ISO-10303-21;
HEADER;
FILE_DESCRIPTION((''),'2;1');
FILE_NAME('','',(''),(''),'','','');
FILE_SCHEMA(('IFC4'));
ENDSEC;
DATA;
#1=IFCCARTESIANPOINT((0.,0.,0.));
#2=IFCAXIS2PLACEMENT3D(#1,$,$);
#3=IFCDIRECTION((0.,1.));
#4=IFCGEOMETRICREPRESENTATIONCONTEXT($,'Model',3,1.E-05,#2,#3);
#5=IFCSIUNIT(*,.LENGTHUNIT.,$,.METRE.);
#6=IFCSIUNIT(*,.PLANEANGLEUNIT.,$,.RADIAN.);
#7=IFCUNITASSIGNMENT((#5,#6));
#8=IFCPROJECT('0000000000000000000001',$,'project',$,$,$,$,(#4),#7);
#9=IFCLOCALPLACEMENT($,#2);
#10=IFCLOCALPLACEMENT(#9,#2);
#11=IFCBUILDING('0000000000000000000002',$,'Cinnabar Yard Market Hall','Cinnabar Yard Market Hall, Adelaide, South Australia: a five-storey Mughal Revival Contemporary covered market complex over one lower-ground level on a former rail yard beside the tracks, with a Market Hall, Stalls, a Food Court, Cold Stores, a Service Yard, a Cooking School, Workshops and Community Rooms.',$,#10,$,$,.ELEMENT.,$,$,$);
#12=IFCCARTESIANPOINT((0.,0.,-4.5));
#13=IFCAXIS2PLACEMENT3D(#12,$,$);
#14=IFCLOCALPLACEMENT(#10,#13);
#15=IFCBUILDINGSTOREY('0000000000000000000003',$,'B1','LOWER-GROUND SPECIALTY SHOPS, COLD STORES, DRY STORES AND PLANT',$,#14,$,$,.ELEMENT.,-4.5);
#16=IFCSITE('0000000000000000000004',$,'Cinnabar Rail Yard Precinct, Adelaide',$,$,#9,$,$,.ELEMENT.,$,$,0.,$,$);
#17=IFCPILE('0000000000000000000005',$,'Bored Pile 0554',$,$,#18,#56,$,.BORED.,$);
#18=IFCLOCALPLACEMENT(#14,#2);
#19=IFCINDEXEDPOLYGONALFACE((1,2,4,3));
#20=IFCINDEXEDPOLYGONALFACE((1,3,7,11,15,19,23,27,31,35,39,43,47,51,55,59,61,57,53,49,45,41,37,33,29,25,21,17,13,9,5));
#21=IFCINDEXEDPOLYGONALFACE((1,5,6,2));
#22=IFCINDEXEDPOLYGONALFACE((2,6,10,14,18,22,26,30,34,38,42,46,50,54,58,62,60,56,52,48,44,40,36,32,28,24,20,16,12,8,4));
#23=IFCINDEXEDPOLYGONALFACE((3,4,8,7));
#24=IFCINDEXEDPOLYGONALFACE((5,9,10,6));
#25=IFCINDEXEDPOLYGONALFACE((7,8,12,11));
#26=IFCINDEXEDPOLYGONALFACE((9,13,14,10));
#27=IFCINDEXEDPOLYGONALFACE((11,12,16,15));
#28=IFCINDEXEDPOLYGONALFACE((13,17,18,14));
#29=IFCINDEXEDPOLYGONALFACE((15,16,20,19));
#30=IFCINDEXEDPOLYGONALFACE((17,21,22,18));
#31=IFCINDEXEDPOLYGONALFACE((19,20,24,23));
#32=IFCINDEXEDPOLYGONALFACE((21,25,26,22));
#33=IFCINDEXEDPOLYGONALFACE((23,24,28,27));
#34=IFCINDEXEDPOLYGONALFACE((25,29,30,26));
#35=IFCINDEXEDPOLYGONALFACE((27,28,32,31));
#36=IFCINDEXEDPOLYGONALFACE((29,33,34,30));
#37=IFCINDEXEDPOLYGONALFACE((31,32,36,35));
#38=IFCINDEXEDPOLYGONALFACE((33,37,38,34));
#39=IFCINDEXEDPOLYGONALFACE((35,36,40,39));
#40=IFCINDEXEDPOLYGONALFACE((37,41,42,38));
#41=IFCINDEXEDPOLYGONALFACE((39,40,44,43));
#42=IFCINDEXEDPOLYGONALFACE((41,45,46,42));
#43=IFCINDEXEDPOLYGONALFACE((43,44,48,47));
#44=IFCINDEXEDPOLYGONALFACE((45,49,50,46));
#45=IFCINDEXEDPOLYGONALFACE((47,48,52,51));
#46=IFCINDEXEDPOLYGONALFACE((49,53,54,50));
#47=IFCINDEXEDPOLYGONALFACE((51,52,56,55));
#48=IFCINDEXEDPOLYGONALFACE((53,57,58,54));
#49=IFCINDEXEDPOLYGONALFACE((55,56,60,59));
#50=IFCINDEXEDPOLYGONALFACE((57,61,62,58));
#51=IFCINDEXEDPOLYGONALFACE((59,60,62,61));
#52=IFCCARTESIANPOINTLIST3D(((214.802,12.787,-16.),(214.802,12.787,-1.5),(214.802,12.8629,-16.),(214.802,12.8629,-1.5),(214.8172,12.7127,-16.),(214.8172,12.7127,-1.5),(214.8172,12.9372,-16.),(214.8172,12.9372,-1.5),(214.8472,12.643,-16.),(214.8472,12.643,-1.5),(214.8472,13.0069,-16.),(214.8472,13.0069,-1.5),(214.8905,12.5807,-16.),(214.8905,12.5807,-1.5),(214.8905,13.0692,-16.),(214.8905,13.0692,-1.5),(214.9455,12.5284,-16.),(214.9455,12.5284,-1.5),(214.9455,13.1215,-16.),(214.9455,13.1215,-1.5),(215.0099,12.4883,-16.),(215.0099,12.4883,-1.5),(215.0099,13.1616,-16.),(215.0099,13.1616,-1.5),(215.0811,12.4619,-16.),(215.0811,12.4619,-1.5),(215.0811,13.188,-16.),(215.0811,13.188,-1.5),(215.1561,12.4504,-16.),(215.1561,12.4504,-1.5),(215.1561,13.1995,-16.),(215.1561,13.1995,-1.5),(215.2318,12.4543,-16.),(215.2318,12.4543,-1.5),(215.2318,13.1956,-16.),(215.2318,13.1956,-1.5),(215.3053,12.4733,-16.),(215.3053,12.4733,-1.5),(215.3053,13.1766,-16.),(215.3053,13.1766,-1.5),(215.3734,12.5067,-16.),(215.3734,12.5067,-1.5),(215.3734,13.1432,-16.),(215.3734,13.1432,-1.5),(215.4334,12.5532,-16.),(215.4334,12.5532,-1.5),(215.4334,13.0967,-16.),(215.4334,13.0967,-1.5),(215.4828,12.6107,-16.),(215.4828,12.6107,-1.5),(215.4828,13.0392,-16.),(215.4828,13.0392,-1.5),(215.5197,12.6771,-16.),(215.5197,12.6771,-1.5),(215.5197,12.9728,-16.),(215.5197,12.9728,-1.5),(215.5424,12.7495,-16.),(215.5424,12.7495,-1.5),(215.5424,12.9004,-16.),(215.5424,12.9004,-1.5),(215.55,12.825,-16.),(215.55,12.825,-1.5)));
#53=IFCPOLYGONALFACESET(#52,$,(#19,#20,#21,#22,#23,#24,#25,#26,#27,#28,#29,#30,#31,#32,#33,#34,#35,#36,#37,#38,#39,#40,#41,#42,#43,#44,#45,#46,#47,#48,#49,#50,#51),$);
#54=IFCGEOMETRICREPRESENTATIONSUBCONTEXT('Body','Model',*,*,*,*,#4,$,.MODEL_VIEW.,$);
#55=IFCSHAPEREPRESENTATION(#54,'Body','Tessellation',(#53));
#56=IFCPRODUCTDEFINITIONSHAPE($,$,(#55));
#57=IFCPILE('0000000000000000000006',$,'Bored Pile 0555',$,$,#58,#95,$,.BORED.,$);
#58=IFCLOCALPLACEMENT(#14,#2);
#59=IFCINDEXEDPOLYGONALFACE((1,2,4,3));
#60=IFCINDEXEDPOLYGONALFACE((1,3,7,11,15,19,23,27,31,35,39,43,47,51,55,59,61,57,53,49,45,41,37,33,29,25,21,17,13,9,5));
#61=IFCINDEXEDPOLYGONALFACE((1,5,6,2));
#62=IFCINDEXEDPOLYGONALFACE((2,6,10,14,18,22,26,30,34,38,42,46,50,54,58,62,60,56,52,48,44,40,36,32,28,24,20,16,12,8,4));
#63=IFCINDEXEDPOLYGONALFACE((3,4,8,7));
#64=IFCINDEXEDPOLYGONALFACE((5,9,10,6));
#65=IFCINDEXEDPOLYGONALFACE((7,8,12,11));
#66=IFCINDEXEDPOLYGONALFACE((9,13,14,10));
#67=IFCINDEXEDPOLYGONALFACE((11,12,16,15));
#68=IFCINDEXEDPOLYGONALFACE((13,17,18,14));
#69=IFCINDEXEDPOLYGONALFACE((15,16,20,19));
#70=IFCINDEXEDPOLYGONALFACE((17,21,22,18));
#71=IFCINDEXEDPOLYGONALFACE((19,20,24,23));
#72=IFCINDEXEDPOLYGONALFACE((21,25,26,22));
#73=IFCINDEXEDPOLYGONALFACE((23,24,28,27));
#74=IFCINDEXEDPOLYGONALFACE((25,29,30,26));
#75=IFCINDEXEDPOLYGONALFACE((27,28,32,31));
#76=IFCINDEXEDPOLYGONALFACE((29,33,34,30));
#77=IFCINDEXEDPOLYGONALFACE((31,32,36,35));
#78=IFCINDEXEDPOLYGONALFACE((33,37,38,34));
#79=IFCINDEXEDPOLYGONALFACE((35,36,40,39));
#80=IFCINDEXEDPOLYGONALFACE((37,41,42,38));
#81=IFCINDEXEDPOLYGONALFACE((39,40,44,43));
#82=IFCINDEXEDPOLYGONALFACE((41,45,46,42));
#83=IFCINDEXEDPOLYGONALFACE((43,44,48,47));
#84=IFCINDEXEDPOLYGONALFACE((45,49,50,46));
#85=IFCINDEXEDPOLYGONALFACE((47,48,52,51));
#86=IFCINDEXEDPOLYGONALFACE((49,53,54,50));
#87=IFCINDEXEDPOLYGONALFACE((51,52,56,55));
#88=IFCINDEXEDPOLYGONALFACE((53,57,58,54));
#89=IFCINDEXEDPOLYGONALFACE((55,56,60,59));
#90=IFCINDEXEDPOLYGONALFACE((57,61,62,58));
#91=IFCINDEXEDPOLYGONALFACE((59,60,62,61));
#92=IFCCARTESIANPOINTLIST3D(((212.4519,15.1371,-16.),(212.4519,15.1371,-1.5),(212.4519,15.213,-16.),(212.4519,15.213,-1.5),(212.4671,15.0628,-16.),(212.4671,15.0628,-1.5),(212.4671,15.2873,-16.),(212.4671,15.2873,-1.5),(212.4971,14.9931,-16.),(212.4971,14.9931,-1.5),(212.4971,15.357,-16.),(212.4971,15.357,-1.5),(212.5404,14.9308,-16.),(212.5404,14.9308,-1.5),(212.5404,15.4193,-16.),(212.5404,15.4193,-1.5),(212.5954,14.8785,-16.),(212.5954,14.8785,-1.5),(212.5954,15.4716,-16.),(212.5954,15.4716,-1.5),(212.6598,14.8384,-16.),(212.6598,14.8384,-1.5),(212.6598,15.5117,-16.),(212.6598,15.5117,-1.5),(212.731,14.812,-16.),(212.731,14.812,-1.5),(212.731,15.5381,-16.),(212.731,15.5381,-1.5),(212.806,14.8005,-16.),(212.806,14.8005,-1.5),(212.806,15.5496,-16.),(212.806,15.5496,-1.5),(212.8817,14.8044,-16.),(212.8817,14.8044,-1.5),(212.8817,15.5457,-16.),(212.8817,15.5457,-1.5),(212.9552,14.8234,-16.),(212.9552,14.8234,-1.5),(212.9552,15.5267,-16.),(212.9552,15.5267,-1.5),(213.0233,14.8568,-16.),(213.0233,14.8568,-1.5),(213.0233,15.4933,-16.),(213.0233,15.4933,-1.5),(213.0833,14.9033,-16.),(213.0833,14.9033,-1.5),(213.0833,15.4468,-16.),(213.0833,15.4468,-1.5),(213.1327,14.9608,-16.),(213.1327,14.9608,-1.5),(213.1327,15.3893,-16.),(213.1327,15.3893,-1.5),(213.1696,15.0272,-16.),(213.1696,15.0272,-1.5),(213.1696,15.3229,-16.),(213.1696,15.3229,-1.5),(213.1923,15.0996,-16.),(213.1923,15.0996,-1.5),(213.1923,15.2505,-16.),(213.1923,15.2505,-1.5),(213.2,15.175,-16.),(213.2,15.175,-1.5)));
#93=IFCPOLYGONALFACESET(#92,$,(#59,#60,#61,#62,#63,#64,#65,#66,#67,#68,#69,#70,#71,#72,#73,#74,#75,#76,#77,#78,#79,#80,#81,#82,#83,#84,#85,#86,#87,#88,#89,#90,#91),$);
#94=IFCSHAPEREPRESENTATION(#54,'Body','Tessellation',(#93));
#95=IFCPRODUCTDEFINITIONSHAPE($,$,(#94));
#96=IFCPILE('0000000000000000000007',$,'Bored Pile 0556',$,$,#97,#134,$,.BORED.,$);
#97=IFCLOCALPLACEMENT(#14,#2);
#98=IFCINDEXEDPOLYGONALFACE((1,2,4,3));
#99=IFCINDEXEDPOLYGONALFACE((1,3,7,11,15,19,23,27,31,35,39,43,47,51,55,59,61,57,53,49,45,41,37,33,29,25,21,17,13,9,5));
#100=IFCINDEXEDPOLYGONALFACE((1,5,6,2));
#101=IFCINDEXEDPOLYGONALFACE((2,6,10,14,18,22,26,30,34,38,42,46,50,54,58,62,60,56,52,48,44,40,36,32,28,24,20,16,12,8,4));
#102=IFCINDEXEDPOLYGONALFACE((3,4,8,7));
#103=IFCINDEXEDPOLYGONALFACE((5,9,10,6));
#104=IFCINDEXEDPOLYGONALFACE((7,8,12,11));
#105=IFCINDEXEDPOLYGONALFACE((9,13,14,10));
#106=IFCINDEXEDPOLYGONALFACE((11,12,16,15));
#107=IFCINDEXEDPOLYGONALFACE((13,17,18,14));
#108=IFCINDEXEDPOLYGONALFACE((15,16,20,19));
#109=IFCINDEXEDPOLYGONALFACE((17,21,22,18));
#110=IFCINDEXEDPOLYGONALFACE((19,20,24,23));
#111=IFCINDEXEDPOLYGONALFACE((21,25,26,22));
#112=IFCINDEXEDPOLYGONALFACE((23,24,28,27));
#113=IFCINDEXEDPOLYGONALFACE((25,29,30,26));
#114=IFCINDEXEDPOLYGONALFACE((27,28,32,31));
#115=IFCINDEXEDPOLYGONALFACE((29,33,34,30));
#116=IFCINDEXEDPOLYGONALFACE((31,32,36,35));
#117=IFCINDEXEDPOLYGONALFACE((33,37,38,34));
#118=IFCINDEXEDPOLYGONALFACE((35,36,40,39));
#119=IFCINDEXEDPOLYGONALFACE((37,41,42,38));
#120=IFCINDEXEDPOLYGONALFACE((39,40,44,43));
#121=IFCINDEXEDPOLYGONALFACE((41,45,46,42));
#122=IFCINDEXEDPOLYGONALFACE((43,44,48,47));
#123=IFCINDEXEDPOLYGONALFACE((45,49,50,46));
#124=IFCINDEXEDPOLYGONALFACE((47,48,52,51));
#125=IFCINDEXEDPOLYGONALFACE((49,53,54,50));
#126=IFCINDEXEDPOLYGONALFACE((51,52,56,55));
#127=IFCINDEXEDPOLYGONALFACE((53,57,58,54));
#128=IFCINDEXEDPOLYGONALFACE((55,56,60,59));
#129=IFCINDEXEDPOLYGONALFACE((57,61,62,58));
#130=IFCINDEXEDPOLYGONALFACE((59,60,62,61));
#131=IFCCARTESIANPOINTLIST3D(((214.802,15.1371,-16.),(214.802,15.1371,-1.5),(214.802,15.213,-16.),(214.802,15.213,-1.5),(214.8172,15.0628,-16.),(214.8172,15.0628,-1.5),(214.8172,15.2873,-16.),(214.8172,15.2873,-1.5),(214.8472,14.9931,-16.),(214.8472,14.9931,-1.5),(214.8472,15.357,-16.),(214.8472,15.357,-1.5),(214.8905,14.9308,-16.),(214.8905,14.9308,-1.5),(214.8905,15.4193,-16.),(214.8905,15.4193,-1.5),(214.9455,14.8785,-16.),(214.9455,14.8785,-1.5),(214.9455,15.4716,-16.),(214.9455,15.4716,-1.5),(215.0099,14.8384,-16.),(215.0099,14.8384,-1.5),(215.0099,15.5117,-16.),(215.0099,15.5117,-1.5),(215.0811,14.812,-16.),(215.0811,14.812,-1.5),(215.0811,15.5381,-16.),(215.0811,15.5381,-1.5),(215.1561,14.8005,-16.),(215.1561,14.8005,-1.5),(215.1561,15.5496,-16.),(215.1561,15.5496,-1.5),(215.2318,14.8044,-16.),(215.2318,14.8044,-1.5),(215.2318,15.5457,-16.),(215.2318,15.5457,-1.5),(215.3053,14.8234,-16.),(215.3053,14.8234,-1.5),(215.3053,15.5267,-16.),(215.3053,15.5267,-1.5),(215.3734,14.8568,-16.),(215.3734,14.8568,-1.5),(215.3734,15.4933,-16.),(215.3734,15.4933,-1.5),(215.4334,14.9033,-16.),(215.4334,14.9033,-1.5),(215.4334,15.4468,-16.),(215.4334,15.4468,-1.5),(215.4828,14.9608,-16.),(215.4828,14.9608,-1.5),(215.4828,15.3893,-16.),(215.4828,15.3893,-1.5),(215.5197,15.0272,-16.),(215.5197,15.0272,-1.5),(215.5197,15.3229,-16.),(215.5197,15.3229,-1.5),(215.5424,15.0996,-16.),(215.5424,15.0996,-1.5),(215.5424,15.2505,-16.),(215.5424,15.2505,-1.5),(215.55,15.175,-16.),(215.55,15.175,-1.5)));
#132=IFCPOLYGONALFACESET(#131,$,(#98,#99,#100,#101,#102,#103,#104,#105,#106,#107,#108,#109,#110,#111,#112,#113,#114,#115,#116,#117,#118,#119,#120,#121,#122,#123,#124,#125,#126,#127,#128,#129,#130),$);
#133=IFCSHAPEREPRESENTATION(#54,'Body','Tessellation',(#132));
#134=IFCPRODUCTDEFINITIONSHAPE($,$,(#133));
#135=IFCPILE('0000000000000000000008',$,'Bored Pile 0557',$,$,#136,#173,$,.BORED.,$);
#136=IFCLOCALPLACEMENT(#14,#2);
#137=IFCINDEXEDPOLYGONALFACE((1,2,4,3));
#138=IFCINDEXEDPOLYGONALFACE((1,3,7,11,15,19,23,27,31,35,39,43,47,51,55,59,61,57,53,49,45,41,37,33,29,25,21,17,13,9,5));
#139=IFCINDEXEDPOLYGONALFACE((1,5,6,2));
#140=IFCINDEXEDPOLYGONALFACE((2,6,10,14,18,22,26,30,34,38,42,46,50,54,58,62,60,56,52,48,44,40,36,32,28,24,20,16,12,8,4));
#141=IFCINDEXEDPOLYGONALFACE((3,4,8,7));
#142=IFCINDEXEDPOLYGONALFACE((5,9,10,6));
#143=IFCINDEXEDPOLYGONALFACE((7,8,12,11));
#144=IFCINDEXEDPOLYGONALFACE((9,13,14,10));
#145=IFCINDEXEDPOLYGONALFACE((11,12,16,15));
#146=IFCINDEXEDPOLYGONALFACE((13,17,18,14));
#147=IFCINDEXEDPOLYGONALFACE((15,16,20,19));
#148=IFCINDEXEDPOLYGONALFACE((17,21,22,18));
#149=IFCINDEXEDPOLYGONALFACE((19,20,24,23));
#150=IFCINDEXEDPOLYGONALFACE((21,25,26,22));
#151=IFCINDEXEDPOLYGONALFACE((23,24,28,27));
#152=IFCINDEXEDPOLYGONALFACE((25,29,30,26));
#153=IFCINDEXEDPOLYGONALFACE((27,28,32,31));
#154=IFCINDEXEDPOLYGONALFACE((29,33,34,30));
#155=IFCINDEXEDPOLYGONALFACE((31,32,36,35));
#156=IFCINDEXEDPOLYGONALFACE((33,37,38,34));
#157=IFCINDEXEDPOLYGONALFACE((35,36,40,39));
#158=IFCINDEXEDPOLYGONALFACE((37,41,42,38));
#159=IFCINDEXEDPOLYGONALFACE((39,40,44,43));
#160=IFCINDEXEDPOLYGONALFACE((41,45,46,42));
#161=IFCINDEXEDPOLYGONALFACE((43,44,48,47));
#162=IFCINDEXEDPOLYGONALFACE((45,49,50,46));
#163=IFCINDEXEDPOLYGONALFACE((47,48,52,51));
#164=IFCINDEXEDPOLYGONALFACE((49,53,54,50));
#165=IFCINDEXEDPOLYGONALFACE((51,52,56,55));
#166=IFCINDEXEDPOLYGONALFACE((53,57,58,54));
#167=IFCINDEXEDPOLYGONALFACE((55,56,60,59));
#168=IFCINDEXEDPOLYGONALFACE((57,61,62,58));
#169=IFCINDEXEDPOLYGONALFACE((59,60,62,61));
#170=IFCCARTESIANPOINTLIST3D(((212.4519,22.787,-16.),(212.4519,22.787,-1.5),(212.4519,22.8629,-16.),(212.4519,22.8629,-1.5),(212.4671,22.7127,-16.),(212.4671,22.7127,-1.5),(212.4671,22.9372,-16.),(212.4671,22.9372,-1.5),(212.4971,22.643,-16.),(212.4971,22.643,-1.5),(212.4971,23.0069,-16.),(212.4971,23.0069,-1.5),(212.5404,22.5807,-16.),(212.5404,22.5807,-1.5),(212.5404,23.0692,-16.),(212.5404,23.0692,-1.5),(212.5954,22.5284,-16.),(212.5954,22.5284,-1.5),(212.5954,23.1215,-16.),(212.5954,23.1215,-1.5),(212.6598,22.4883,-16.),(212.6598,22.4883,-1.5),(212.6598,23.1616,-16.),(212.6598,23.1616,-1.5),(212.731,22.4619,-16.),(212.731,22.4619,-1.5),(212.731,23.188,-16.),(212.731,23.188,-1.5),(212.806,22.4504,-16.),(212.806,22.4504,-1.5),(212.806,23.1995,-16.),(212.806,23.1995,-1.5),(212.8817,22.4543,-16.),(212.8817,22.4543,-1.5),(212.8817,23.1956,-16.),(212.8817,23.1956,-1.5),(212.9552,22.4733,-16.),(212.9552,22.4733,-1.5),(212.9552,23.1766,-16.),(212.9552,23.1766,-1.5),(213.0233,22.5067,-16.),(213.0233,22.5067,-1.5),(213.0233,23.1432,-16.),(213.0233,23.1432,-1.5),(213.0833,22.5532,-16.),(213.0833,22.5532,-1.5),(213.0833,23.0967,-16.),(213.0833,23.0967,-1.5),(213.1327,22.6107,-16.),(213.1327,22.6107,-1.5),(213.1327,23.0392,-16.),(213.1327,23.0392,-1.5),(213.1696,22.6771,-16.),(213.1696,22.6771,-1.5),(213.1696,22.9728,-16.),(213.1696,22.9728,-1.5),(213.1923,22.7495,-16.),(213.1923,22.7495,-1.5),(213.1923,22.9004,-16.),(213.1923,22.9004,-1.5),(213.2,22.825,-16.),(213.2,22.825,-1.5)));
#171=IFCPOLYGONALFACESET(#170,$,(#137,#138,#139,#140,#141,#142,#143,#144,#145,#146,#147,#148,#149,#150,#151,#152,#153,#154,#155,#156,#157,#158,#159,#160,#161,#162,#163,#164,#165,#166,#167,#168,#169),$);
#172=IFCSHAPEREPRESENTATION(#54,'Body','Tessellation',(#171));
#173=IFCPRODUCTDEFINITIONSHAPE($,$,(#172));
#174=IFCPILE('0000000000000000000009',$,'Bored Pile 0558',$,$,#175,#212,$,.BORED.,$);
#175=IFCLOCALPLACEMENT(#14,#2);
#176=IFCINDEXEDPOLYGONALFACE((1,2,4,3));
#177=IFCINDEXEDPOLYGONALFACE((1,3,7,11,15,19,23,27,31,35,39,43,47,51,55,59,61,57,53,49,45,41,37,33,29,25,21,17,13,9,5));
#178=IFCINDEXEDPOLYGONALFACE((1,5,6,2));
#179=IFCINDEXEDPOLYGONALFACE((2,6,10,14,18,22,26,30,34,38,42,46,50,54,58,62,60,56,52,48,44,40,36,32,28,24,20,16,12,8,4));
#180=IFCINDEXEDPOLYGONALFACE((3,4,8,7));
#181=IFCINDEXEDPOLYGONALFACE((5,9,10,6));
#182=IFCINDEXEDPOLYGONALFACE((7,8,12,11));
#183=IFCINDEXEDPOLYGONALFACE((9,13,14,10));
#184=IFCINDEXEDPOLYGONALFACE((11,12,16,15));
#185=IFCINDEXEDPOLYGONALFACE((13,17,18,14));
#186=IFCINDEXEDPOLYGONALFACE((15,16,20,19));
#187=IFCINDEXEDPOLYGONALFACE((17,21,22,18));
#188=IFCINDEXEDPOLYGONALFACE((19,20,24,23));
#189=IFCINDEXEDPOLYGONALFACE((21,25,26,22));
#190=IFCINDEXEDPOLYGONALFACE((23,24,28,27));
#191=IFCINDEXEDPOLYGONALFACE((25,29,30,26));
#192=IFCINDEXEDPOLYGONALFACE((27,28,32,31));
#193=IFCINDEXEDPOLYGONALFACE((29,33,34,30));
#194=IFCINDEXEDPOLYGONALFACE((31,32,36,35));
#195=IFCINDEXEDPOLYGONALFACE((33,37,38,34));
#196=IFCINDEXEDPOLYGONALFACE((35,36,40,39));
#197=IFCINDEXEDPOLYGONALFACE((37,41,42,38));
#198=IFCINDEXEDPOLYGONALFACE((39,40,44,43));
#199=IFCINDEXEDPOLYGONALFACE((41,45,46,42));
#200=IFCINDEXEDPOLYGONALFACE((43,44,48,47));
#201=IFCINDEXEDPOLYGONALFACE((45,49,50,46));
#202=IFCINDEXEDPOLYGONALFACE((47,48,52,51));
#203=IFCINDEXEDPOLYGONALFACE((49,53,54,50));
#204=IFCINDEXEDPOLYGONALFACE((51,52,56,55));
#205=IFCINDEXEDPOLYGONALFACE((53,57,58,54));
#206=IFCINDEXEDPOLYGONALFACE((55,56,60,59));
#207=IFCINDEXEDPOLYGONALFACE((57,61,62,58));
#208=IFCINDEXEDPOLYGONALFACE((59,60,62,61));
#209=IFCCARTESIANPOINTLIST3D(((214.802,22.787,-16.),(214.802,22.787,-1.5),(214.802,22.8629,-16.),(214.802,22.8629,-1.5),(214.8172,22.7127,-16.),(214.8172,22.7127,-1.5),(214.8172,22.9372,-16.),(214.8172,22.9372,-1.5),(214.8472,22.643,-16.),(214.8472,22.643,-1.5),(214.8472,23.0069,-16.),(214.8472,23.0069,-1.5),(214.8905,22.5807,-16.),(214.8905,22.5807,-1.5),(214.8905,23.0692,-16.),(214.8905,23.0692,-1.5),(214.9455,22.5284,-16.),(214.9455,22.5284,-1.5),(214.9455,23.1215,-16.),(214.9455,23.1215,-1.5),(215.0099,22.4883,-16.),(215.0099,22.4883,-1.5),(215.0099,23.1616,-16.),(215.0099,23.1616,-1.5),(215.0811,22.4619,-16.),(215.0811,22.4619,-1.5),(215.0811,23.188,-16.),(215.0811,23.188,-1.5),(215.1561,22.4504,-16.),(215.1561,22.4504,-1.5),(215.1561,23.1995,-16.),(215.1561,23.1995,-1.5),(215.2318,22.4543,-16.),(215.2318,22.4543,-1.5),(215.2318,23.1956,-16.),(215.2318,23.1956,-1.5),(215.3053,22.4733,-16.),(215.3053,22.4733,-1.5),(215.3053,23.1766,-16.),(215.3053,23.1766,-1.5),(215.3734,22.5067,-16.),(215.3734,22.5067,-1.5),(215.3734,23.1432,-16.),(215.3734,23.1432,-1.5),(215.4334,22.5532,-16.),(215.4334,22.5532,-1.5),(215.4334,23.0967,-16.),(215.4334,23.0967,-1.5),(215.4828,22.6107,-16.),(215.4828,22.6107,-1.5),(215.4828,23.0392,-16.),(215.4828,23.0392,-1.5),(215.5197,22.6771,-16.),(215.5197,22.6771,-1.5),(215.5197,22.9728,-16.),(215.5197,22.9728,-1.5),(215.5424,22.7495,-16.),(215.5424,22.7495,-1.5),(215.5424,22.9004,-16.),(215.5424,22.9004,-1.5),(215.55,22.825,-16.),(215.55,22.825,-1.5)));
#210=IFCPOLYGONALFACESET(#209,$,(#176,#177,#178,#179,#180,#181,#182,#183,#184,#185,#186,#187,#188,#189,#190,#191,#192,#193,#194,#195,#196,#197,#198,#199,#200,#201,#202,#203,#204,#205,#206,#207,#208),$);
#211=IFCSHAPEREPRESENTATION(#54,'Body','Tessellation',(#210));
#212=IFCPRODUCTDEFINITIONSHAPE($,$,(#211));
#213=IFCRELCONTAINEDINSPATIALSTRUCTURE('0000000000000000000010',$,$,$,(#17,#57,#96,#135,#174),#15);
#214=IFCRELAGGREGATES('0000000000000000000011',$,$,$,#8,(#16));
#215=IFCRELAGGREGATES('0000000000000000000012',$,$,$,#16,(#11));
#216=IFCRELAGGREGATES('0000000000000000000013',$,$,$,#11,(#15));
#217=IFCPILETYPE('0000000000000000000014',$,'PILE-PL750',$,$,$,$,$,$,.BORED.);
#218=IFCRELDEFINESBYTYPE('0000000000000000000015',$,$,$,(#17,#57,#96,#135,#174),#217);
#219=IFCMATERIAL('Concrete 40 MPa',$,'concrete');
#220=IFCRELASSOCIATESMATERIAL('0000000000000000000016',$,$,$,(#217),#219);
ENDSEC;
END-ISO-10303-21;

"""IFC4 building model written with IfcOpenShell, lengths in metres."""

from ifc_helpers import new_model, si_unit, direction, frame, origin, origin_2d_with_axis, place, context, subcontext, project, spatial, circle, extrude, material, material_profile, profile_set, type_object, element, save


model = new_model("IFC4")

# Units and contexts
model_context = context("Model", 3, precision=1e-05, world=origin(), true_north=direction((0.0, 1.0)))
body_context = subcontext(model_context, "Body", "Model", "MODEL_VIEW")
ifc_project = project(units=[si_unit("LENGTHUNIT", "METRE"), si_unit("PLANEANGLEUNIT", "RADIAN")], contexts=[model_context])

# Site, building, storey
site_placement = place(None, origin())
site = spatial("IfcSite", under=ifc_project, at=site_placement, Name="Cinnabar Rail Yard Precinct, Adelaide", CompositionType="ELEMENT", RefElevation=0.0)
building_placement = place(site_placement, origin())
building = spatial("IfcBuilding", under=site, at=building_placement, Name="Cinnabar Yard Market Hall", Description="Cinnabar Yard Market Hall, Adelaide, South Australia: a five-storey Mughal Revival Contemporary covered market complex over one lower-ground level on a former rail yard beside the tracks, with a Market Hall, Stalls, a Food Court, Cold Stores, a Service Yard, a Cooking School, Workshops and Community Rooms.", CompositionType="ELEMENT")
storey_placement = place(building_placement, frame((0.0, 0.0, -4.5)))
storey = spatial("IfcBuildingStorey", under=building, at=storey_placement, Name="B1", Description="LOWER-GROUND SPECIALTY SHOPS, COLD STORES, DRY STORES AND PLANT", CompositionType="ELEMENT", Elevation=-4.5)

# Shared definitions
ifc_material_1 = material(Name="Concrete 40 MPa", Category="concrete")

# Piles
ifc_material_profile_1 = material_profile(ifc_material_1, circle(Radius=0.375, at=origin_2d_with_axis()), Name="PILE-D750")
ifc_profile_set_1 = profile_set([ifc_material_profile_1], Name="Concrete 40 MPa")
pile_type = type_object("IfcPileType", Name="PILE-PL750", PredefinedType="BORED", material=ifc_profile_set_1)
for number, where, z_axis, x_axis, name in (
    (1, (215.175, 12.825, -1.5), (0.0, 0.0, -1.0), (1.0, 0.0, 0.0), "Bored Pile 0554"),
    (2, (212.825, 15.175, -1.5), (0.0, 0.0, -1.0), (1.0, 0.0, 0.0), "Bored Pile 0555"),
    (3, (215.175, 15.175, -1.5), (0.0, 0.0, -1.0), (1.0, 0.0, 0.0), "Bored Pile 0556"),
    (4, (212.825, 22.825, -1.5), (0.0, 0.0, -1.0), (1.0, 0.0, 0.0), "Bored Pile 0557"),
    (5, (215.175, 22.825, -1.5), (0.0, 0.0, -1.0), (1.0, 0.0, 0.0), "Bored Pile 0558"),
):
    element("IfcPile", number, at=place(storey_placement, frame(where, z_axis=z_axis, x_axis=x_axis)), inside=storey, type_object=pile_type, Name=name, PredefinedType="BORED", context=body_context, shape_type="SweptSolid", body=[
        extrude(circle(Radius=0.375, at=origin_2d_with_axis()), origin(), (0.0, 0.0, 1.0), 14.5),
    ])

save(model, "model.ifc")
